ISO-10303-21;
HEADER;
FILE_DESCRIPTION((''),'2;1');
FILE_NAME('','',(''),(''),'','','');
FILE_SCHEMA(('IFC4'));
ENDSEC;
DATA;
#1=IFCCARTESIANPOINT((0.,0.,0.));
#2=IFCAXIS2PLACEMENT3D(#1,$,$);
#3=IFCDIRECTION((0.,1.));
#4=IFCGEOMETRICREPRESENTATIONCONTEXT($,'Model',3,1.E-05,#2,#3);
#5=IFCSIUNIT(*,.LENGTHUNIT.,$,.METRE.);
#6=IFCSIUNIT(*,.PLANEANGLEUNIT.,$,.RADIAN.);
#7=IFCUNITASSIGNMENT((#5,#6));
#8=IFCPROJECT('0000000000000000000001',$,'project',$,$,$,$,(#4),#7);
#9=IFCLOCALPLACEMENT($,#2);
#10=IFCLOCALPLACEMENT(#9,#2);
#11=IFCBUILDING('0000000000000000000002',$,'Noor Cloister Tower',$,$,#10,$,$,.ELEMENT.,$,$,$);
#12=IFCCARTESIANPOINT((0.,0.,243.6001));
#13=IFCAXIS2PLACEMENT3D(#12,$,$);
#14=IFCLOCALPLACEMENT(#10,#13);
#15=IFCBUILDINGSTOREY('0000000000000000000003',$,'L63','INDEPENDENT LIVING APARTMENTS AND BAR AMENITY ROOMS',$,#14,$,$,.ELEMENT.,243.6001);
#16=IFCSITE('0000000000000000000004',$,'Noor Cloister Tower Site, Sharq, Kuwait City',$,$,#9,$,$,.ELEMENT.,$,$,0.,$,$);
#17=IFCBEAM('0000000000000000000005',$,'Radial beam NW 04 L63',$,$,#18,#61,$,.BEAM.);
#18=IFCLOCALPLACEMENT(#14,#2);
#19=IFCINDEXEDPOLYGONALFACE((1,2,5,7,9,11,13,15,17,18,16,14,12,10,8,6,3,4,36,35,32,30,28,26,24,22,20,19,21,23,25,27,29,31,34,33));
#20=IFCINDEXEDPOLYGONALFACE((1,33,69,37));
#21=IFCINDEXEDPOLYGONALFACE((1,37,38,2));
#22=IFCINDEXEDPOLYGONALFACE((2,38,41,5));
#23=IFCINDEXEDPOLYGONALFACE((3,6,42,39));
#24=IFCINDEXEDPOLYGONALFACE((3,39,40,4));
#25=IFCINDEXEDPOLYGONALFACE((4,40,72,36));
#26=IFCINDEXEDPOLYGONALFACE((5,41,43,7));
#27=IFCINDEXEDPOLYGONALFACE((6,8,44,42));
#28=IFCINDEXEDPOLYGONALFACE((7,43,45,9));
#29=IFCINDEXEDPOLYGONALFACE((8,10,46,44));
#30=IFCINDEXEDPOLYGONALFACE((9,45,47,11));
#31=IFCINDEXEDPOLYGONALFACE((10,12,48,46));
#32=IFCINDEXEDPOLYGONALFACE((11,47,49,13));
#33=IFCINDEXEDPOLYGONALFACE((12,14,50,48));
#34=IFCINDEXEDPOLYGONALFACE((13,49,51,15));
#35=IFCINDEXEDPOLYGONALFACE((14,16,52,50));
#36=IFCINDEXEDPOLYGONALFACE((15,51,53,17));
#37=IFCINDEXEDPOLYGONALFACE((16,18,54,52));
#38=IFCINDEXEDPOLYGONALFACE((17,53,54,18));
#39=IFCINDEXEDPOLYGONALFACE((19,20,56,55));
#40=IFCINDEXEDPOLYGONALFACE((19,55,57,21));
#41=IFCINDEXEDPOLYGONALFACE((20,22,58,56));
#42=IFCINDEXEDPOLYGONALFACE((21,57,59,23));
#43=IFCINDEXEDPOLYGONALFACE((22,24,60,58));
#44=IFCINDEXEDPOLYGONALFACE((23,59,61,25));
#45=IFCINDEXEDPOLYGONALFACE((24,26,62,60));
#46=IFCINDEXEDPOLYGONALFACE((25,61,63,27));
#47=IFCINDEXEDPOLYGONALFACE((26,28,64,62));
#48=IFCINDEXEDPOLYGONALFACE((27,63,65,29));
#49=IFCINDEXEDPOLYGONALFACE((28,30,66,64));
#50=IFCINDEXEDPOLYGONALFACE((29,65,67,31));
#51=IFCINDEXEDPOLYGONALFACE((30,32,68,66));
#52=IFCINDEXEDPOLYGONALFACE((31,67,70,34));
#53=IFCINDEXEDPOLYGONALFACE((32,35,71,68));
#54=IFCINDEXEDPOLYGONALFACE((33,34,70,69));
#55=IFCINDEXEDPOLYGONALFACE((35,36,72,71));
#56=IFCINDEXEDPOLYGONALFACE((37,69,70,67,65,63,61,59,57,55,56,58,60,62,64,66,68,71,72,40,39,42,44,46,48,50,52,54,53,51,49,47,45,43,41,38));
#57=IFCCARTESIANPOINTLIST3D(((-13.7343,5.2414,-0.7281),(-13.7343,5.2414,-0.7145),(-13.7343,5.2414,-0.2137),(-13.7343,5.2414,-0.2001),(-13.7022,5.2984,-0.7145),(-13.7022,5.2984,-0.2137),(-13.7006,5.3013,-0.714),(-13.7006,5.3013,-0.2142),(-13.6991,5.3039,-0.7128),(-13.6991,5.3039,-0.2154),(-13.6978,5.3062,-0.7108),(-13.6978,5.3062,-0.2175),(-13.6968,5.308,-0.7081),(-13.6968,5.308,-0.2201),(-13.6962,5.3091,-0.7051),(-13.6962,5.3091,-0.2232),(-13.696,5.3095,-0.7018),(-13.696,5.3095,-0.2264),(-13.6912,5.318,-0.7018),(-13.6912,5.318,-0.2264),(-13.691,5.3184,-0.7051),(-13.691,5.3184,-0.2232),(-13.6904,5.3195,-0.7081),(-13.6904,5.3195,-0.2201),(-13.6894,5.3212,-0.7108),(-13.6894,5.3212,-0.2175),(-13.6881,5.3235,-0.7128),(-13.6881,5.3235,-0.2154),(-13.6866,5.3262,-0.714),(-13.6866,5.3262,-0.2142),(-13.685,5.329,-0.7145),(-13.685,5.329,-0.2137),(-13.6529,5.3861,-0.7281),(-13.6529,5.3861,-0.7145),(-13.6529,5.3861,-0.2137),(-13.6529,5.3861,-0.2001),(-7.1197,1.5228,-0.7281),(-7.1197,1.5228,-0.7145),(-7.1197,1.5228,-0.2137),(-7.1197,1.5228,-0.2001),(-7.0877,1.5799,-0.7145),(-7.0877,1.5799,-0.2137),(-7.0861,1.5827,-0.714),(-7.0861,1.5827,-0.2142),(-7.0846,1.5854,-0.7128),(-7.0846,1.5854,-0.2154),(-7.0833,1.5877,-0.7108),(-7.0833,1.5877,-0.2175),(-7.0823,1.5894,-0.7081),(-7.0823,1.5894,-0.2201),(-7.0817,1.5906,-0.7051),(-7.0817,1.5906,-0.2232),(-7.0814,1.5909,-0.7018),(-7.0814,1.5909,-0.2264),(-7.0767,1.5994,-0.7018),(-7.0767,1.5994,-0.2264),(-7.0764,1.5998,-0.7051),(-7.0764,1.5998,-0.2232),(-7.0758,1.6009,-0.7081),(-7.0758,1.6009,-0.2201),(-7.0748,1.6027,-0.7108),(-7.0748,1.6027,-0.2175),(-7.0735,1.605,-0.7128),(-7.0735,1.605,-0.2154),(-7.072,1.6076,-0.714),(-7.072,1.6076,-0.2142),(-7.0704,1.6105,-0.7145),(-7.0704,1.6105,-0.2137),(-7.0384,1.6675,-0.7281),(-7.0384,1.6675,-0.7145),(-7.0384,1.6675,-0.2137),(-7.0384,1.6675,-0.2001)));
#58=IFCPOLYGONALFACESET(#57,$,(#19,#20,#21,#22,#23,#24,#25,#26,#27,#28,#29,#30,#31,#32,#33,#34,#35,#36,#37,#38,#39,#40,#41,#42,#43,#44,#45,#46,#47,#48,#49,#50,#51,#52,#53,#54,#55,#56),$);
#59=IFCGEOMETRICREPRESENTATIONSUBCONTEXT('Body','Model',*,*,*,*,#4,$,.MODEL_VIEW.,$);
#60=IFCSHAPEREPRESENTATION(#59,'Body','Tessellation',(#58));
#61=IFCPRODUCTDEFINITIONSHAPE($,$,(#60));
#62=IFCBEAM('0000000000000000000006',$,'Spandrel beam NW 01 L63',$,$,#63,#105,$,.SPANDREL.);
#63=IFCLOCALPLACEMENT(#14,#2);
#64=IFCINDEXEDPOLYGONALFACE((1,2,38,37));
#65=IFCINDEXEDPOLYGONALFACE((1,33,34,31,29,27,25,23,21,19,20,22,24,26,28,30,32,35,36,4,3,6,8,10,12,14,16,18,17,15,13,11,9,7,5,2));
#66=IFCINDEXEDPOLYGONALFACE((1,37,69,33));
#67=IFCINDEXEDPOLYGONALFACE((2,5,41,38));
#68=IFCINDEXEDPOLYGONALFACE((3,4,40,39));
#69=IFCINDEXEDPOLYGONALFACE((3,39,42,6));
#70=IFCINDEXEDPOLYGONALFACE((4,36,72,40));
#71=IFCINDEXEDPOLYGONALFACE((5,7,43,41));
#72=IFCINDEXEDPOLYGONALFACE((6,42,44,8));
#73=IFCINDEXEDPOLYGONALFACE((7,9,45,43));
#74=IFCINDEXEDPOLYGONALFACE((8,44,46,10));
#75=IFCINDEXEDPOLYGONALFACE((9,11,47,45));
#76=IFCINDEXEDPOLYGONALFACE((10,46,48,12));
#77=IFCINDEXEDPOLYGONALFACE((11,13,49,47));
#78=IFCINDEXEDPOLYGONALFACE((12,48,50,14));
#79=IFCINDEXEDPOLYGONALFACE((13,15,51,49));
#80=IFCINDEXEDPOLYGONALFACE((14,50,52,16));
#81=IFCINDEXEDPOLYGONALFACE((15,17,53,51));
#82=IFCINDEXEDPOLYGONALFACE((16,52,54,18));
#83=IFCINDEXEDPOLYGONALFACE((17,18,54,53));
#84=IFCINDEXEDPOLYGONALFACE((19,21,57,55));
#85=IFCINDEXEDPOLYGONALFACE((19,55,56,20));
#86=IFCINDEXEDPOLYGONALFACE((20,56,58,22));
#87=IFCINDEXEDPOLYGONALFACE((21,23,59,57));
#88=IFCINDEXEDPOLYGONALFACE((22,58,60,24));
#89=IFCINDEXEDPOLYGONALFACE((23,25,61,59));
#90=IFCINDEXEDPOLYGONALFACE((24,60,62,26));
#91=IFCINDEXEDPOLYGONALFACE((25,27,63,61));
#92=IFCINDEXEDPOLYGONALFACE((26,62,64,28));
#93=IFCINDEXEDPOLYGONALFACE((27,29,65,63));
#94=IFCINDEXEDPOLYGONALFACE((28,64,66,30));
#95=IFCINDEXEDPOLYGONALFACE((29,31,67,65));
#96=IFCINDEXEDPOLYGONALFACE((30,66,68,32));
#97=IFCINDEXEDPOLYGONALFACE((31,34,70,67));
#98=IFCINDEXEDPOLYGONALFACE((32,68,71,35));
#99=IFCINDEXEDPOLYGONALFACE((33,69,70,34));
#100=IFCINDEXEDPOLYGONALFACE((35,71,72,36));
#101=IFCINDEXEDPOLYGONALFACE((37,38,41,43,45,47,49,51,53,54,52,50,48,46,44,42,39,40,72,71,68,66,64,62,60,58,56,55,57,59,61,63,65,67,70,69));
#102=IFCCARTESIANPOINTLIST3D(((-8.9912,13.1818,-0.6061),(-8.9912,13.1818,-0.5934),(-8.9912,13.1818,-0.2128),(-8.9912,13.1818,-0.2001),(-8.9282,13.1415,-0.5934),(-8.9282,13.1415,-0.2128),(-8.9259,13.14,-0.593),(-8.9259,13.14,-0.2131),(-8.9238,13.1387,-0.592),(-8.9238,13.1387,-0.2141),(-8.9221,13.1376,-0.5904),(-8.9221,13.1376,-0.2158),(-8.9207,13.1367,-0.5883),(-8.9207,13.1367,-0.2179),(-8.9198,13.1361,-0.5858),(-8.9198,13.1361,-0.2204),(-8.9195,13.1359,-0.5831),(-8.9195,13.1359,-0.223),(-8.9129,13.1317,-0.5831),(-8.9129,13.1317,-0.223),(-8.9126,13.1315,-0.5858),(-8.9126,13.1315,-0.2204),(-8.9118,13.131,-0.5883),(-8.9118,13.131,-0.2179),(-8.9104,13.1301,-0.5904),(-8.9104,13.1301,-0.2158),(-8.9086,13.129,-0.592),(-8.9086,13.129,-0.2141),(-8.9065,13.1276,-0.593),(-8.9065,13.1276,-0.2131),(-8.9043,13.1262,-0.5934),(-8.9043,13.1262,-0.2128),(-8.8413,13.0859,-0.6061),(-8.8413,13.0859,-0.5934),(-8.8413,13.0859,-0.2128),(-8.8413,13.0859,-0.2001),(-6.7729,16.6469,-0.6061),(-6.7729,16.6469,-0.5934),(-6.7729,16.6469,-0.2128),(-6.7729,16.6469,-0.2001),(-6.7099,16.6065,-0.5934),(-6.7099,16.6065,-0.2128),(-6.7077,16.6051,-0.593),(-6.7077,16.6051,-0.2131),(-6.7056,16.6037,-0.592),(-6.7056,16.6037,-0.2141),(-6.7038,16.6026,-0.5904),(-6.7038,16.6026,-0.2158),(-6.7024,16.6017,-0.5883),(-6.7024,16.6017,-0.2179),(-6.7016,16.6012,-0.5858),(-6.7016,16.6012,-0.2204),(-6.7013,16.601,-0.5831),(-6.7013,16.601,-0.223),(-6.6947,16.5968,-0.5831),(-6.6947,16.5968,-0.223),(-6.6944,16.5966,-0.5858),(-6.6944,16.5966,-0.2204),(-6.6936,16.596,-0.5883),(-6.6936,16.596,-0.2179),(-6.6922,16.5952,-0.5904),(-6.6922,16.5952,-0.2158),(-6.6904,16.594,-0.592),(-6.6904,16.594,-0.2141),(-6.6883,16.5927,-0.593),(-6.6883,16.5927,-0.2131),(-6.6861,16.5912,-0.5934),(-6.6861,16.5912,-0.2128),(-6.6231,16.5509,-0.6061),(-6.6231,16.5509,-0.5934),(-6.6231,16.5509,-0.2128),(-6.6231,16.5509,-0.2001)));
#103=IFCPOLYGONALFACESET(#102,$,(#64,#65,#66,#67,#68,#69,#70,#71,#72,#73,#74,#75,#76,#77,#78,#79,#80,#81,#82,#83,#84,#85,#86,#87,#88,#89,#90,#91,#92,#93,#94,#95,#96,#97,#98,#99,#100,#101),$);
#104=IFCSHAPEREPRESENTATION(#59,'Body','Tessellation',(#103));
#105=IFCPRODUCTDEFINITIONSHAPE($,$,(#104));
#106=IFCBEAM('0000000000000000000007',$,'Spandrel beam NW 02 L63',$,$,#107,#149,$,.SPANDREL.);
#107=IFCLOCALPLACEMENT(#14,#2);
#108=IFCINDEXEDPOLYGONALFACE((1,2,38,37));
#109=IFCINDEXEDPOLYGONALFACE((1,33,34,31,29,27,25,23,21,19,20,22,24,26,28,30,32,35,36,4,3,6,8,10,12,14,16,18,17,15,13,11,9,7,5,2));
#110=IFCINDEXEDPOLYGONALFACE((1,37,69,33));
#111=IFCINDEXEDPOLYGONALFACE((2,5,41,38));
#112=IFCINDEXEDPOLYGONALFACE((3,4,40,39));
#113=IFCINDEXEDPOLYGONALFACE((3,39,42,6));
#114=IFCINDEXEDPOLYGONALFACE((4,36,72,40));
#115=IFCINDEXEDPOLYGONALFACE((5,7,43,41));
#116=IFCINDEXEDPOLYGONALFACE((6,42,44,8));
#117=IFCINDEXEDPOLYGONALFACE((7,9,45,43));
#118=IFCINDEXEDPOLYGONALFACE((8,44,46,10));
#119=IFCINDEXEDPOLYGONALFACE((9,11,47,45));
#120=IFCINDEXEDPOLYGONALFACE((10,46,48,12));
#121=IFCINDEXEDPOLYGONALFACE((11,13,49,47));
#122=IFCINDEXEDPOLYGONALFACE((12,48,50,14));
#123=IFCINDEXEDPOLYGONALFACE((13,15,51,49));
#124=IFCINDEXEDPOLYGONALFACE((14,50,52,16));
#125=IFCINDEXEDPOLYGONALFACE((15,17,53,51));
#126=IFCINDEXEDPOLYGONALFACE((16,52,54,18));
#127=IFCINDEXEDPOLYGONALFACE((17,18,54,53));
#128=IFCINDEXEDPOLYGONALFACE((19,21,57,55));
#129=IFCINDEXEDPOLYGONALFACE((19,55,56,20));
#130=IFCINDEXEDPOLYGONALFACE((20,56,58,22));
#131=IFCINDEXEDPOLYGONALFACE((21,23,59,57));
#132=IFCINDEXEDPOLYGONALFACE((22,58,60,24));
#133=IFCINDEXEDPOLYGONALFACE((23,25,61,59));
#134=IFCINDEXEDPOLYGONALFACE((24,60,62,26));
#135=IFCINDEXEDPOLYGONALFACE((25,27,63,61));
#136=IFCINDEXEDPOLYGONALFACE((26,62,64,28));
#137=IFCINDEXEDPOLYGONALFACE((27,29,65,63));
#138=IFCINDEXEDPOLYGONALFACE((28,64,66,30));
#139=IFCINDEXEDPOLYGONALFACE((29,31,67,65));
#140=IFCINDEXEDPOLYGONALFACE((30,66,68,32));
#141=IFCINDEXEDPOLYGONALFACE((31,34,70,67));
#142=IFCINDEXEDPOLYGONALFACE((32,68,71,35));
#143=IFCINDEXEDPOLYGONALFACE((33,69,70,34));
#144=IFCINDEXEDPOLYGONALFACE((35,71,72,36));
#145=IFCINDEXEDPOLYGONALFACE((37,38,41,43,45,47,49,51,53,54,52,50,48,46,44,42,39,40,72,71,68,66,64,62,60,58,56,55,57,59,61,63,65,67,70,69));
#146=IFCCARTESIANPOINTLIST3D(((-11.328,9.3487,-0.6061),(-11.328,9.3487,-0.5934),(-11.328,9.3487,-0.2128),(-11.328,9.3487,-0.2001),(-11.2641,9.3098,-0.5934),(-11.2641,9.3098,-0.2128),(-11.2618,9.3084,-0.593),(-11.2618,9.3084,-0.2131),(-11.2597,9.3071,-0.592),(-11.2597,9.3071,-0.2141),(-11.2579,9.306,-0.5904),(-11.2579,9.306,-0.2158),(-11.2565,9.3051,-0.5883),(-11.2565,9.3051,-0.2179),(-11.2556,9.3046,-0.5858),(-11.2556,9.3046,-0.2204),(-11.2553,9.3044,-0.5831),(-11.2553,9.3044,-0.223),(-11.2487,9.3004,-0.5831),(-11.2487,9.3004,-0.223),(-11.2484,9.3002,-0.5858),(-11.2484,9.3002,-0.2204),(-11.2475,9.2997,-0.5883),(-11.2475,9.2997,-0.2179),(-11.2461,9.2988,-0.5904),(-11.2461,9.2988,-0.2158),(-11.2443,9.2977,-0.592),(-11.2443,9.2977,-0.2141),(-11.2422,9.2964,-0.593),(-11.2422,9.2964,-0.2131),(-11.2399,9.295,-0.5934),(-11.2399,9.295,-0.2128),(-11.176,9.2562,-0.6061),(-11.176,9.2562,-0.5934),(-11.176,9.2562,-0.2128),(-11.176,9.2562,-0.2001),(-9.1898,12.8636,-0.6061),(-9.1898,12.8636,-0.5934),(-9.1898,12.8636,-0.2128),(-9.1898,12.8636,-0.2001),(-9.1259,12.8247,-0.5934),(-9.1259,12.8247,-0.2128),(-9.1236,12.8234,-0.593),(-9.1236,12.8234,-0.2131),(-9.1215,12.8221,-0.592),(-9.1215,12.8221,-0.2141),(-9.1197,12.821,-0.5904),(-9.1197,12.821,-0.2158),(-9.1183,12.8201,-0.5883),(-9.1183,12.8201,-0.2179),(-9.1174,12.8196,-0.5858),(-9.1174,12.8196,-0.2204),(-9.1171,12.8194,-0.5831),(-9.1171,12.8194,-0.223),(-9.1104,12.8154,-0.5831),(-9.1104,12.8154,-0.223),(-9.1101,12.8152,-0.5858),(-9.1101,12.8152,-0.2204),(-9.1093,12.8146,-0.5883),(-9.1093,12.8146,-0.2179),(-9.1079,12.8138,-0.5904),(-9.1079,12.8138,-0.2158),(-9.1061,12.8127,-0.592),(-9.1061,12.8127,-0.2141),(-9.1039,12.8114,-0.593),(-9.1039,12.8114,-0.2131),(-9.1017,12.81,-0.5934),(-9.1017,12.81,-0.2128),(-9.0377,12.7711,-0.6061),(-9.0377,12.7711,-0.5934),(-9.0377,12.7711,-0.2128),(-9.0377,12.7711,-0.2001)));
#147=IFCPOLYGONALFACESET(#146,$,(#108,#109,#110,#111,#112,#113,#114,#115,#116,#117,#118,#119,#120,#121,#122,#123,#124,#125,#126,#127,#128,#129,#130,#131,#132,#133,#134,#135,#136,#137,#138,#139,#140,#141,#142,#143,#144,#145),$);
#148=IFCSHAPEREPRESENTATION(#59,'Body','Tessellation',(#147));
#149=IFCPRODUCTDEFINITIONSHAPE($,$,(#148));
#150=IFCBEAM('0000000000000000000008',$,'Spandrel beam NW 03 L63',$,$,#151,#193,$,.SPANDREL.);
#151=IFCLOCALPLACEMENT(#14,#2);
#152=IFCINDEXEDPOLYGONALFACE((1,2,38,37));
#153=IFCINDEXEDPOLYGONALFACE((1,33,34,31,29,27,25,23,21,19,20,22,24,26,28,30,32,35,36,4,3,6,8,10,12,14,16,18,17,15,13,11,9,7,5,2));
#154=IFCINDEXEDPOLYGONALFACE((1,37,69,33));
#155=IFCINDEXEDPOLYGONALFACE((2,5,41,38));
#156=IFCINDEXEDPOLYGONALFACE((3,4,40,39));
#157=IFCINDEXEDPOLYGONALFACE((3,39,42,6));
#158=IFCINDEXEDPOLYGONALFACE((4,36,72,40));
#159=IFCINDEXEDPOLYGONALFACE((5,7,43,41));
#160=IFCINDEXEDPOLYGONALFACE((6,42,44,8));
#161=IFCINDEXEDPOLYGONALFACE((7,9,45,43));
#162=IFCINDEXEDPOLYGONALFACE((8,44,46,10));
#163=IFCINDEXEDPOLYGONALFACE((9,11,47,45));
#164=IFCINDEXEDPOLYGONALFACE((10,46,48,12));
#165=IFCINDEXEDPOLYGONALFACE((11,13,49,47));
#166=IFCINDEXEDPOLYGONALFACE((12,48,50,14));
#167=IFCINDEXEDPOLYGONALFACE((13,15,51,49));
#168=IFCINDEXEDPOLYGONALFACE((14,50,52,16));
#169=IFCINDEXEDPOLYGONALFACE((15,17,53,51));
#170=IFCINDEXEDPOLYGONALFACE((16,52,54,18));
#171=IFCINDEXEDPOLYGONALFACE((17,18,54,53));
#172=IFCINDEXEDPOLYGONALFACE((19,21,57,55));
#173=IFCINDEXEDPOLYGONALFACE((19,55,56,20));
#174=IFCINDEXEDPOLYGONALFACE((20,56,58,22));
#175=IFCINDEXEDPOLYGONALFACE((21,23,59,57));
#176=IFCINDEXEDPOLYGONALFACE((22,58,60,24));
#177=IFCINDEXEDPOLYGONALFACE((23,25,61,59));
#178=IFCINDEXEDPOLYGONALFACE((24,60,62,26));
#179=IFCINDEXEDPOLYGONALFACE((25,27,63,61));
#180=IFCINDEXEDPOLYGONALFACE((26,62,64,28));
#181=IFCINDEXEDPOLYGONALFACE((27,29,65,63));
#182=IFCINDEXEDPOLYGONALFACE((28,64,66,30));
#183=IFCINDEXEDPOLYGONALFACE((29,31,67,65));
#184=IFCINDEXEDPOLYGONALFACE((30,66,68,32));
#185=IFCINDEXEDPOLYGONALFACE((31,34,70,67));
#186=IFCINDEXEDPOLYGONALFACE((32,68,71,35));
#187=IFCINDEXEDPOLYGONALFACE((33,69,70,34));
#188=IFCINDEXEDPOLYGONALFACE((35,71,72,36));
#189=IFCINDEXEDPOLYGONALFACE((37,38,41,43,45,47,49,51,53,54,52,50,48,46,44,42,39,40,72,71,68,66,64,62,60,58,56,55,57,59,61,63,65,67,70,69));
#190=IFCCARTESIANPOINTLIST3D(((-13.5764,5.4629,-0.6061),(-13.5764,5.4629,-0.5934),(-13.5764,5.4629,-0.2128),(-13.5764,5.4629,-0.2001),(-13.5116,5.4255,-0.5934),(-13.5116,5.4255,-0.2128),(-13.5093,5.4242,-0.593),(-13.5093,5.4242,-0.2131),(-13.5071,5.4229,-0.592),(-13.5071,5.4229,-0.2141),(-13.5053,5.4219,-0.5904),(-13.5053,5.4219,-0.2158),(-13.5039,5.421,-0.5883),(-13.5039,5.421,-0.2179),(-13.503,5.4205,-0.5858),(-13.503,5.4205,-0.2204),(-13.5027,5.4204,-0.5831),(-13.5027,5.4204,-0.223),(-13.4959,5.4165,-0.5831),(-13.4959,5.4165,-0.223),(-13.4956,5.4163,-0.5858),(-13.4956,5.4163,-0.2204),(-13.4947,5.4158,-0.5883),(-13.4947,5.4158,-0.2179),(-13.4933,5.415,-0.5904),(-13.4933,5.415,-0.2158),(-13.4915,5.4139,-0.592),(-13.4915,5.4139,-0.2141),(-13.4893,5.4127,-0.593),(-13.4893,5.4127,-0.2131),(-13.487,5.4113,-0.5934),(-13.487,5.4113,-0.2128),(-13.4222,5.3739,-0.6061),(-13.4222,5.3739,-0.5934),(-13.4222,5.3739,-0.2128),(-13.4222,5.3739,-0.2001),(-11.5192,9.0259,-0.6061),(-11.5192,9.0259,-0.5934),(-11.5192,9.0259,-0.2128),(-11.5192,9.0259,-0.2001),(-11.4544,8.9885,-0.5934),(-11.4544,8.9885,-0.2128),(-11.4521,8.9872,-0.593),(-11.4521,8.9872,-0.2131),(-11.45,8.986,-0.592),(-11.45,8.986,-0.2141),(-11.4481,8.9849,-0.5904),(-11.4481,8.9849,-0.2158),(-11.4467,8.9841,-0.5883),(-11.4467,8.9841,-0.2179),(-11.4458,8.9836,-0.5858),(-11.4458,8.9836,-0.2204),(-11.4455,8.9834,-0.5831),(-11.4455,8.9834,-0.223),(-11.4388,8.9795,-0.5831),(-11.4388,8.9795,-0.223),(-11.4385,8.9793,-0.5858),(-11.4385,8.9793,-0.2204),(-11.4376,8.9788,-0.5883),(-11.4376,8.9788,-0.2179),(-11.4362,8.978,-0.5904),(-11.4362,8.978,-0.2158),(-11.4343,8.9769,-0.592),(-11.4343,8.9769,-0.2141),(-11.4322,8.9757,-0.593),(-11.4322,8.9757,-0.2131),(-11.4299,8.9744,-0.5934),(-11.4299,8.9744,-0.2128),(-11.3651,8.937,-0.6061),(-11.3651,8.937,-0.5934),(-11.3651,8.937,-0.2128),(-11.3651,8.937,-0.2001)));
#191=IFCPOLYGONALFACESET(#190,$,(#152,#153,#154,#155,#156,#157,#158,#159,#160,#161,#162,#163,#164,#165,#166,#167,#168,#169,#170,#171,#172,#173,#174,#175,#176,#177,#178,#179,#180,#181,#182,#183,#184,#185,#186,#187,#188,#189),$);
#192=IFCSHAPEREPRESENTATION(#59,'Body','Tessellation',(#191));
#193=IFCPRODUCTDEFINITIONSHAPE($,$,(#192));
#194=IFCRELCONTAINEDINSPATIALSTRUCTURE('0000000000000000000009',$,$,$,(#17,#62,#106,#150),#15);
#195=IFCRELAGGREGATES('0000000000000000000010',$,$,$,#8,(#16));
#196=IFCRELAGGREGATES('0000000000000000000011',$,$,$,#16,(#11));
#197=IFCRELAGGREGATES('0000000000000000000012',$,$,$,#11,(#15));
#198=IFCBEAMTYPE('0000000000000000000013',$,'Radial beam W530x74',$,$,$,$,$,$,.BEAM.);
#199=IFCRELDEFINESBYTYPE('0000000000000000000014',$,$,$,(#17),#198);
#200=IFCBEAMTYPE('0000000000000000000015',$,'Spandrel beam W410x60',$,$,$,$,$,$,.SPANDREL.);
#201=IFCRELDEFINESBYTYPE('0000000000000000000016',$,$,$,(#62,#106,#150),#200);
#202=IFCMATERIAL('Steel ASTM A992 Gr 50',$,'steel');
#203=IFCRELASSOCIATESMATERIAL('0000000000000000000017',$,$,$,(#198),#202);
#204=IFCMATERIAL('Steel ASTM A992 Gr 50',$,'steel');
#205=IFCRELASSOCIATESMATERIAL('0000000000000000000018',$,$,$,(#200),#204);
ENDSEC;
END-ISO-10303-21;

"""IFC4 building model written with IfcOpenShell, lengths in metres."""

from ifc_helpers import new_model, si_unit, direction, frame, origin, origin_2d, place, context, subcontext, project, spatial, i_section, extrude, material, material_profile, profile_set, type_object, element, save


model = new_model("IFC4")

# Units and contexts
model_context = context("Model", 3, precision=1e-05, world=origin(), true_north=direction((0.0, 1.0)))
body_context = subcontext(model_context, "Body", "Model", "MODEL_VIEW")
ifc_project = project(units=[si_unit("LENGTHUNIT", "METRE"), si_unit("PLANEANGLEUNIT", "RADIAN")], contexts=[model_context])

# Site, building, storey
site_placement = place(None, origin())
site = spatial("IfcSite", under=ifc_project, at=site_placement, Name="Noor Cloister Tower Site, Sharq, Kuwait City", CompositionType="ELEMENT", RefElevation=0.0)
building_placement = place(site_placement, origin())
building = spatial("IfcBuilding", under=site, at=building_placement, Name="Noor Cloister Tower", CompositionType="ELEMENT")
storey_placement = place(building_placement, frame((0.0, 0.0, 243.6001)))
storey = spatial("IfcBuildingStorey", under=building, at=storey_placement, Name="L63", Description="INDEPENDENT LIVING APARTMENTS AND BAR AMENITY ROOMS", CompositionType="ELEMENT", Elevation=243.6001)

# Beams
ifc_material_1 = material(Name="Steel ASTM A992 Gr 50", Category="steel")
ifc_material_profile_1 = material_profile(ifc_material_1, i_section(OverallWidth=0.166, OverallDepth=0.5281, WebThickness=0.0098, FlangeThickness=0.0137, FilletRadius=0.0127, at=origin_2d()), Name="W530x74")
ifc_profile_set_1 = profile_set([ifc_material_profile_1], Name="Steel ASTM A992 Gr 50")
beam_type_1 = type_object("IfcBeamType", Name="Radial beam W530x74", PredefinedType="BEAM", material=ifc_profile_set_1)
beam_1_placement = place(storey_placement, frame((-13.6936, 5.3137, -0.4641), z_axis=(0.871697, -0.490046, 0.0), x_axis=(0.490046, 0.871697, 0.0)))
element("IfcBeam", 1, at=beam_1_placement, inside=storey, type_object=beam_type_1, Name="Radial beam NW 04 L63", PredefinedType="BEAM", context=body_context, shape_type="SweptSolid", body=[
    extrude(i_section(OverallWidth=0.166, OverallDepth=0.5281, WebThickness=0.0098, FlangeThickness=0.0137, FilletRadius=0.0127, at=origin_2d()), origin(), (0.0, 0.0, 1.0), 7.5881),
])
ifc_material_2 = material(Name="Steel ASTM A992 Gr 50", Category="steel")
ifc_material_profile_2 = material_profile(ifc_material_2, i_section(OverallWidth=0.178, OverallDepth=0.406, WebThickness=0.0078, FlangeThickness=0.0127, FilletRadius=0.0103, at=origin_2d()), Name="W410x60")
ifc_profile_set_2 = profile_set([ifc_material_profile_2], Name="Steel ASTM A992 Gr 50")
beam_type_2 = type_object("IfcBeamType", Name="Spandrel beam W410x60", PredefinedType="SPANDREL", material=ifc_profile_set_2)
for number, where, z_axis, x_axis, name in (
    (2, (-6.698, 16.5989, -0.4031), (-0.539158, -0.842205, 0.0), (0.842205, -0.539158, 0.0), "Spandrel beam NW 01 L63"),
    (3, (-9.1138, 12.8174, -0.4031), (-0.519713, -0.854341, 0.0), (0.854341, -0.519713, 0.0), "Spandrel beam NW 02 L63"),
    (4, (-11.4421, 8.9814, -0.4031), (-0.500007, -0.866022, 0.0), (0.866022, -0.500007, 0.0), "Spandrel beam NW 03 L63"),
):
    element("IfcBeam", number, at=place(storey_placement, frame(where, z_axis=z_axis, x_axis=x_axis)), inside=storey, type_object=beam_type_2, Name=name, PredefinedType="SPANDREL", context=body_context, shape_type="SweptSolid", body=[
        extrude(i_section(OverallWidth=0.178, OverallDepth=0.406, WebThickness=0.0078, FlangeThickness=0.0127, FilletRadius=0.0103, at=origin_2d()), origin(), (0.0, 0.0, 1.0), 4.1143),
    ])

save(model, "model.ifc")
